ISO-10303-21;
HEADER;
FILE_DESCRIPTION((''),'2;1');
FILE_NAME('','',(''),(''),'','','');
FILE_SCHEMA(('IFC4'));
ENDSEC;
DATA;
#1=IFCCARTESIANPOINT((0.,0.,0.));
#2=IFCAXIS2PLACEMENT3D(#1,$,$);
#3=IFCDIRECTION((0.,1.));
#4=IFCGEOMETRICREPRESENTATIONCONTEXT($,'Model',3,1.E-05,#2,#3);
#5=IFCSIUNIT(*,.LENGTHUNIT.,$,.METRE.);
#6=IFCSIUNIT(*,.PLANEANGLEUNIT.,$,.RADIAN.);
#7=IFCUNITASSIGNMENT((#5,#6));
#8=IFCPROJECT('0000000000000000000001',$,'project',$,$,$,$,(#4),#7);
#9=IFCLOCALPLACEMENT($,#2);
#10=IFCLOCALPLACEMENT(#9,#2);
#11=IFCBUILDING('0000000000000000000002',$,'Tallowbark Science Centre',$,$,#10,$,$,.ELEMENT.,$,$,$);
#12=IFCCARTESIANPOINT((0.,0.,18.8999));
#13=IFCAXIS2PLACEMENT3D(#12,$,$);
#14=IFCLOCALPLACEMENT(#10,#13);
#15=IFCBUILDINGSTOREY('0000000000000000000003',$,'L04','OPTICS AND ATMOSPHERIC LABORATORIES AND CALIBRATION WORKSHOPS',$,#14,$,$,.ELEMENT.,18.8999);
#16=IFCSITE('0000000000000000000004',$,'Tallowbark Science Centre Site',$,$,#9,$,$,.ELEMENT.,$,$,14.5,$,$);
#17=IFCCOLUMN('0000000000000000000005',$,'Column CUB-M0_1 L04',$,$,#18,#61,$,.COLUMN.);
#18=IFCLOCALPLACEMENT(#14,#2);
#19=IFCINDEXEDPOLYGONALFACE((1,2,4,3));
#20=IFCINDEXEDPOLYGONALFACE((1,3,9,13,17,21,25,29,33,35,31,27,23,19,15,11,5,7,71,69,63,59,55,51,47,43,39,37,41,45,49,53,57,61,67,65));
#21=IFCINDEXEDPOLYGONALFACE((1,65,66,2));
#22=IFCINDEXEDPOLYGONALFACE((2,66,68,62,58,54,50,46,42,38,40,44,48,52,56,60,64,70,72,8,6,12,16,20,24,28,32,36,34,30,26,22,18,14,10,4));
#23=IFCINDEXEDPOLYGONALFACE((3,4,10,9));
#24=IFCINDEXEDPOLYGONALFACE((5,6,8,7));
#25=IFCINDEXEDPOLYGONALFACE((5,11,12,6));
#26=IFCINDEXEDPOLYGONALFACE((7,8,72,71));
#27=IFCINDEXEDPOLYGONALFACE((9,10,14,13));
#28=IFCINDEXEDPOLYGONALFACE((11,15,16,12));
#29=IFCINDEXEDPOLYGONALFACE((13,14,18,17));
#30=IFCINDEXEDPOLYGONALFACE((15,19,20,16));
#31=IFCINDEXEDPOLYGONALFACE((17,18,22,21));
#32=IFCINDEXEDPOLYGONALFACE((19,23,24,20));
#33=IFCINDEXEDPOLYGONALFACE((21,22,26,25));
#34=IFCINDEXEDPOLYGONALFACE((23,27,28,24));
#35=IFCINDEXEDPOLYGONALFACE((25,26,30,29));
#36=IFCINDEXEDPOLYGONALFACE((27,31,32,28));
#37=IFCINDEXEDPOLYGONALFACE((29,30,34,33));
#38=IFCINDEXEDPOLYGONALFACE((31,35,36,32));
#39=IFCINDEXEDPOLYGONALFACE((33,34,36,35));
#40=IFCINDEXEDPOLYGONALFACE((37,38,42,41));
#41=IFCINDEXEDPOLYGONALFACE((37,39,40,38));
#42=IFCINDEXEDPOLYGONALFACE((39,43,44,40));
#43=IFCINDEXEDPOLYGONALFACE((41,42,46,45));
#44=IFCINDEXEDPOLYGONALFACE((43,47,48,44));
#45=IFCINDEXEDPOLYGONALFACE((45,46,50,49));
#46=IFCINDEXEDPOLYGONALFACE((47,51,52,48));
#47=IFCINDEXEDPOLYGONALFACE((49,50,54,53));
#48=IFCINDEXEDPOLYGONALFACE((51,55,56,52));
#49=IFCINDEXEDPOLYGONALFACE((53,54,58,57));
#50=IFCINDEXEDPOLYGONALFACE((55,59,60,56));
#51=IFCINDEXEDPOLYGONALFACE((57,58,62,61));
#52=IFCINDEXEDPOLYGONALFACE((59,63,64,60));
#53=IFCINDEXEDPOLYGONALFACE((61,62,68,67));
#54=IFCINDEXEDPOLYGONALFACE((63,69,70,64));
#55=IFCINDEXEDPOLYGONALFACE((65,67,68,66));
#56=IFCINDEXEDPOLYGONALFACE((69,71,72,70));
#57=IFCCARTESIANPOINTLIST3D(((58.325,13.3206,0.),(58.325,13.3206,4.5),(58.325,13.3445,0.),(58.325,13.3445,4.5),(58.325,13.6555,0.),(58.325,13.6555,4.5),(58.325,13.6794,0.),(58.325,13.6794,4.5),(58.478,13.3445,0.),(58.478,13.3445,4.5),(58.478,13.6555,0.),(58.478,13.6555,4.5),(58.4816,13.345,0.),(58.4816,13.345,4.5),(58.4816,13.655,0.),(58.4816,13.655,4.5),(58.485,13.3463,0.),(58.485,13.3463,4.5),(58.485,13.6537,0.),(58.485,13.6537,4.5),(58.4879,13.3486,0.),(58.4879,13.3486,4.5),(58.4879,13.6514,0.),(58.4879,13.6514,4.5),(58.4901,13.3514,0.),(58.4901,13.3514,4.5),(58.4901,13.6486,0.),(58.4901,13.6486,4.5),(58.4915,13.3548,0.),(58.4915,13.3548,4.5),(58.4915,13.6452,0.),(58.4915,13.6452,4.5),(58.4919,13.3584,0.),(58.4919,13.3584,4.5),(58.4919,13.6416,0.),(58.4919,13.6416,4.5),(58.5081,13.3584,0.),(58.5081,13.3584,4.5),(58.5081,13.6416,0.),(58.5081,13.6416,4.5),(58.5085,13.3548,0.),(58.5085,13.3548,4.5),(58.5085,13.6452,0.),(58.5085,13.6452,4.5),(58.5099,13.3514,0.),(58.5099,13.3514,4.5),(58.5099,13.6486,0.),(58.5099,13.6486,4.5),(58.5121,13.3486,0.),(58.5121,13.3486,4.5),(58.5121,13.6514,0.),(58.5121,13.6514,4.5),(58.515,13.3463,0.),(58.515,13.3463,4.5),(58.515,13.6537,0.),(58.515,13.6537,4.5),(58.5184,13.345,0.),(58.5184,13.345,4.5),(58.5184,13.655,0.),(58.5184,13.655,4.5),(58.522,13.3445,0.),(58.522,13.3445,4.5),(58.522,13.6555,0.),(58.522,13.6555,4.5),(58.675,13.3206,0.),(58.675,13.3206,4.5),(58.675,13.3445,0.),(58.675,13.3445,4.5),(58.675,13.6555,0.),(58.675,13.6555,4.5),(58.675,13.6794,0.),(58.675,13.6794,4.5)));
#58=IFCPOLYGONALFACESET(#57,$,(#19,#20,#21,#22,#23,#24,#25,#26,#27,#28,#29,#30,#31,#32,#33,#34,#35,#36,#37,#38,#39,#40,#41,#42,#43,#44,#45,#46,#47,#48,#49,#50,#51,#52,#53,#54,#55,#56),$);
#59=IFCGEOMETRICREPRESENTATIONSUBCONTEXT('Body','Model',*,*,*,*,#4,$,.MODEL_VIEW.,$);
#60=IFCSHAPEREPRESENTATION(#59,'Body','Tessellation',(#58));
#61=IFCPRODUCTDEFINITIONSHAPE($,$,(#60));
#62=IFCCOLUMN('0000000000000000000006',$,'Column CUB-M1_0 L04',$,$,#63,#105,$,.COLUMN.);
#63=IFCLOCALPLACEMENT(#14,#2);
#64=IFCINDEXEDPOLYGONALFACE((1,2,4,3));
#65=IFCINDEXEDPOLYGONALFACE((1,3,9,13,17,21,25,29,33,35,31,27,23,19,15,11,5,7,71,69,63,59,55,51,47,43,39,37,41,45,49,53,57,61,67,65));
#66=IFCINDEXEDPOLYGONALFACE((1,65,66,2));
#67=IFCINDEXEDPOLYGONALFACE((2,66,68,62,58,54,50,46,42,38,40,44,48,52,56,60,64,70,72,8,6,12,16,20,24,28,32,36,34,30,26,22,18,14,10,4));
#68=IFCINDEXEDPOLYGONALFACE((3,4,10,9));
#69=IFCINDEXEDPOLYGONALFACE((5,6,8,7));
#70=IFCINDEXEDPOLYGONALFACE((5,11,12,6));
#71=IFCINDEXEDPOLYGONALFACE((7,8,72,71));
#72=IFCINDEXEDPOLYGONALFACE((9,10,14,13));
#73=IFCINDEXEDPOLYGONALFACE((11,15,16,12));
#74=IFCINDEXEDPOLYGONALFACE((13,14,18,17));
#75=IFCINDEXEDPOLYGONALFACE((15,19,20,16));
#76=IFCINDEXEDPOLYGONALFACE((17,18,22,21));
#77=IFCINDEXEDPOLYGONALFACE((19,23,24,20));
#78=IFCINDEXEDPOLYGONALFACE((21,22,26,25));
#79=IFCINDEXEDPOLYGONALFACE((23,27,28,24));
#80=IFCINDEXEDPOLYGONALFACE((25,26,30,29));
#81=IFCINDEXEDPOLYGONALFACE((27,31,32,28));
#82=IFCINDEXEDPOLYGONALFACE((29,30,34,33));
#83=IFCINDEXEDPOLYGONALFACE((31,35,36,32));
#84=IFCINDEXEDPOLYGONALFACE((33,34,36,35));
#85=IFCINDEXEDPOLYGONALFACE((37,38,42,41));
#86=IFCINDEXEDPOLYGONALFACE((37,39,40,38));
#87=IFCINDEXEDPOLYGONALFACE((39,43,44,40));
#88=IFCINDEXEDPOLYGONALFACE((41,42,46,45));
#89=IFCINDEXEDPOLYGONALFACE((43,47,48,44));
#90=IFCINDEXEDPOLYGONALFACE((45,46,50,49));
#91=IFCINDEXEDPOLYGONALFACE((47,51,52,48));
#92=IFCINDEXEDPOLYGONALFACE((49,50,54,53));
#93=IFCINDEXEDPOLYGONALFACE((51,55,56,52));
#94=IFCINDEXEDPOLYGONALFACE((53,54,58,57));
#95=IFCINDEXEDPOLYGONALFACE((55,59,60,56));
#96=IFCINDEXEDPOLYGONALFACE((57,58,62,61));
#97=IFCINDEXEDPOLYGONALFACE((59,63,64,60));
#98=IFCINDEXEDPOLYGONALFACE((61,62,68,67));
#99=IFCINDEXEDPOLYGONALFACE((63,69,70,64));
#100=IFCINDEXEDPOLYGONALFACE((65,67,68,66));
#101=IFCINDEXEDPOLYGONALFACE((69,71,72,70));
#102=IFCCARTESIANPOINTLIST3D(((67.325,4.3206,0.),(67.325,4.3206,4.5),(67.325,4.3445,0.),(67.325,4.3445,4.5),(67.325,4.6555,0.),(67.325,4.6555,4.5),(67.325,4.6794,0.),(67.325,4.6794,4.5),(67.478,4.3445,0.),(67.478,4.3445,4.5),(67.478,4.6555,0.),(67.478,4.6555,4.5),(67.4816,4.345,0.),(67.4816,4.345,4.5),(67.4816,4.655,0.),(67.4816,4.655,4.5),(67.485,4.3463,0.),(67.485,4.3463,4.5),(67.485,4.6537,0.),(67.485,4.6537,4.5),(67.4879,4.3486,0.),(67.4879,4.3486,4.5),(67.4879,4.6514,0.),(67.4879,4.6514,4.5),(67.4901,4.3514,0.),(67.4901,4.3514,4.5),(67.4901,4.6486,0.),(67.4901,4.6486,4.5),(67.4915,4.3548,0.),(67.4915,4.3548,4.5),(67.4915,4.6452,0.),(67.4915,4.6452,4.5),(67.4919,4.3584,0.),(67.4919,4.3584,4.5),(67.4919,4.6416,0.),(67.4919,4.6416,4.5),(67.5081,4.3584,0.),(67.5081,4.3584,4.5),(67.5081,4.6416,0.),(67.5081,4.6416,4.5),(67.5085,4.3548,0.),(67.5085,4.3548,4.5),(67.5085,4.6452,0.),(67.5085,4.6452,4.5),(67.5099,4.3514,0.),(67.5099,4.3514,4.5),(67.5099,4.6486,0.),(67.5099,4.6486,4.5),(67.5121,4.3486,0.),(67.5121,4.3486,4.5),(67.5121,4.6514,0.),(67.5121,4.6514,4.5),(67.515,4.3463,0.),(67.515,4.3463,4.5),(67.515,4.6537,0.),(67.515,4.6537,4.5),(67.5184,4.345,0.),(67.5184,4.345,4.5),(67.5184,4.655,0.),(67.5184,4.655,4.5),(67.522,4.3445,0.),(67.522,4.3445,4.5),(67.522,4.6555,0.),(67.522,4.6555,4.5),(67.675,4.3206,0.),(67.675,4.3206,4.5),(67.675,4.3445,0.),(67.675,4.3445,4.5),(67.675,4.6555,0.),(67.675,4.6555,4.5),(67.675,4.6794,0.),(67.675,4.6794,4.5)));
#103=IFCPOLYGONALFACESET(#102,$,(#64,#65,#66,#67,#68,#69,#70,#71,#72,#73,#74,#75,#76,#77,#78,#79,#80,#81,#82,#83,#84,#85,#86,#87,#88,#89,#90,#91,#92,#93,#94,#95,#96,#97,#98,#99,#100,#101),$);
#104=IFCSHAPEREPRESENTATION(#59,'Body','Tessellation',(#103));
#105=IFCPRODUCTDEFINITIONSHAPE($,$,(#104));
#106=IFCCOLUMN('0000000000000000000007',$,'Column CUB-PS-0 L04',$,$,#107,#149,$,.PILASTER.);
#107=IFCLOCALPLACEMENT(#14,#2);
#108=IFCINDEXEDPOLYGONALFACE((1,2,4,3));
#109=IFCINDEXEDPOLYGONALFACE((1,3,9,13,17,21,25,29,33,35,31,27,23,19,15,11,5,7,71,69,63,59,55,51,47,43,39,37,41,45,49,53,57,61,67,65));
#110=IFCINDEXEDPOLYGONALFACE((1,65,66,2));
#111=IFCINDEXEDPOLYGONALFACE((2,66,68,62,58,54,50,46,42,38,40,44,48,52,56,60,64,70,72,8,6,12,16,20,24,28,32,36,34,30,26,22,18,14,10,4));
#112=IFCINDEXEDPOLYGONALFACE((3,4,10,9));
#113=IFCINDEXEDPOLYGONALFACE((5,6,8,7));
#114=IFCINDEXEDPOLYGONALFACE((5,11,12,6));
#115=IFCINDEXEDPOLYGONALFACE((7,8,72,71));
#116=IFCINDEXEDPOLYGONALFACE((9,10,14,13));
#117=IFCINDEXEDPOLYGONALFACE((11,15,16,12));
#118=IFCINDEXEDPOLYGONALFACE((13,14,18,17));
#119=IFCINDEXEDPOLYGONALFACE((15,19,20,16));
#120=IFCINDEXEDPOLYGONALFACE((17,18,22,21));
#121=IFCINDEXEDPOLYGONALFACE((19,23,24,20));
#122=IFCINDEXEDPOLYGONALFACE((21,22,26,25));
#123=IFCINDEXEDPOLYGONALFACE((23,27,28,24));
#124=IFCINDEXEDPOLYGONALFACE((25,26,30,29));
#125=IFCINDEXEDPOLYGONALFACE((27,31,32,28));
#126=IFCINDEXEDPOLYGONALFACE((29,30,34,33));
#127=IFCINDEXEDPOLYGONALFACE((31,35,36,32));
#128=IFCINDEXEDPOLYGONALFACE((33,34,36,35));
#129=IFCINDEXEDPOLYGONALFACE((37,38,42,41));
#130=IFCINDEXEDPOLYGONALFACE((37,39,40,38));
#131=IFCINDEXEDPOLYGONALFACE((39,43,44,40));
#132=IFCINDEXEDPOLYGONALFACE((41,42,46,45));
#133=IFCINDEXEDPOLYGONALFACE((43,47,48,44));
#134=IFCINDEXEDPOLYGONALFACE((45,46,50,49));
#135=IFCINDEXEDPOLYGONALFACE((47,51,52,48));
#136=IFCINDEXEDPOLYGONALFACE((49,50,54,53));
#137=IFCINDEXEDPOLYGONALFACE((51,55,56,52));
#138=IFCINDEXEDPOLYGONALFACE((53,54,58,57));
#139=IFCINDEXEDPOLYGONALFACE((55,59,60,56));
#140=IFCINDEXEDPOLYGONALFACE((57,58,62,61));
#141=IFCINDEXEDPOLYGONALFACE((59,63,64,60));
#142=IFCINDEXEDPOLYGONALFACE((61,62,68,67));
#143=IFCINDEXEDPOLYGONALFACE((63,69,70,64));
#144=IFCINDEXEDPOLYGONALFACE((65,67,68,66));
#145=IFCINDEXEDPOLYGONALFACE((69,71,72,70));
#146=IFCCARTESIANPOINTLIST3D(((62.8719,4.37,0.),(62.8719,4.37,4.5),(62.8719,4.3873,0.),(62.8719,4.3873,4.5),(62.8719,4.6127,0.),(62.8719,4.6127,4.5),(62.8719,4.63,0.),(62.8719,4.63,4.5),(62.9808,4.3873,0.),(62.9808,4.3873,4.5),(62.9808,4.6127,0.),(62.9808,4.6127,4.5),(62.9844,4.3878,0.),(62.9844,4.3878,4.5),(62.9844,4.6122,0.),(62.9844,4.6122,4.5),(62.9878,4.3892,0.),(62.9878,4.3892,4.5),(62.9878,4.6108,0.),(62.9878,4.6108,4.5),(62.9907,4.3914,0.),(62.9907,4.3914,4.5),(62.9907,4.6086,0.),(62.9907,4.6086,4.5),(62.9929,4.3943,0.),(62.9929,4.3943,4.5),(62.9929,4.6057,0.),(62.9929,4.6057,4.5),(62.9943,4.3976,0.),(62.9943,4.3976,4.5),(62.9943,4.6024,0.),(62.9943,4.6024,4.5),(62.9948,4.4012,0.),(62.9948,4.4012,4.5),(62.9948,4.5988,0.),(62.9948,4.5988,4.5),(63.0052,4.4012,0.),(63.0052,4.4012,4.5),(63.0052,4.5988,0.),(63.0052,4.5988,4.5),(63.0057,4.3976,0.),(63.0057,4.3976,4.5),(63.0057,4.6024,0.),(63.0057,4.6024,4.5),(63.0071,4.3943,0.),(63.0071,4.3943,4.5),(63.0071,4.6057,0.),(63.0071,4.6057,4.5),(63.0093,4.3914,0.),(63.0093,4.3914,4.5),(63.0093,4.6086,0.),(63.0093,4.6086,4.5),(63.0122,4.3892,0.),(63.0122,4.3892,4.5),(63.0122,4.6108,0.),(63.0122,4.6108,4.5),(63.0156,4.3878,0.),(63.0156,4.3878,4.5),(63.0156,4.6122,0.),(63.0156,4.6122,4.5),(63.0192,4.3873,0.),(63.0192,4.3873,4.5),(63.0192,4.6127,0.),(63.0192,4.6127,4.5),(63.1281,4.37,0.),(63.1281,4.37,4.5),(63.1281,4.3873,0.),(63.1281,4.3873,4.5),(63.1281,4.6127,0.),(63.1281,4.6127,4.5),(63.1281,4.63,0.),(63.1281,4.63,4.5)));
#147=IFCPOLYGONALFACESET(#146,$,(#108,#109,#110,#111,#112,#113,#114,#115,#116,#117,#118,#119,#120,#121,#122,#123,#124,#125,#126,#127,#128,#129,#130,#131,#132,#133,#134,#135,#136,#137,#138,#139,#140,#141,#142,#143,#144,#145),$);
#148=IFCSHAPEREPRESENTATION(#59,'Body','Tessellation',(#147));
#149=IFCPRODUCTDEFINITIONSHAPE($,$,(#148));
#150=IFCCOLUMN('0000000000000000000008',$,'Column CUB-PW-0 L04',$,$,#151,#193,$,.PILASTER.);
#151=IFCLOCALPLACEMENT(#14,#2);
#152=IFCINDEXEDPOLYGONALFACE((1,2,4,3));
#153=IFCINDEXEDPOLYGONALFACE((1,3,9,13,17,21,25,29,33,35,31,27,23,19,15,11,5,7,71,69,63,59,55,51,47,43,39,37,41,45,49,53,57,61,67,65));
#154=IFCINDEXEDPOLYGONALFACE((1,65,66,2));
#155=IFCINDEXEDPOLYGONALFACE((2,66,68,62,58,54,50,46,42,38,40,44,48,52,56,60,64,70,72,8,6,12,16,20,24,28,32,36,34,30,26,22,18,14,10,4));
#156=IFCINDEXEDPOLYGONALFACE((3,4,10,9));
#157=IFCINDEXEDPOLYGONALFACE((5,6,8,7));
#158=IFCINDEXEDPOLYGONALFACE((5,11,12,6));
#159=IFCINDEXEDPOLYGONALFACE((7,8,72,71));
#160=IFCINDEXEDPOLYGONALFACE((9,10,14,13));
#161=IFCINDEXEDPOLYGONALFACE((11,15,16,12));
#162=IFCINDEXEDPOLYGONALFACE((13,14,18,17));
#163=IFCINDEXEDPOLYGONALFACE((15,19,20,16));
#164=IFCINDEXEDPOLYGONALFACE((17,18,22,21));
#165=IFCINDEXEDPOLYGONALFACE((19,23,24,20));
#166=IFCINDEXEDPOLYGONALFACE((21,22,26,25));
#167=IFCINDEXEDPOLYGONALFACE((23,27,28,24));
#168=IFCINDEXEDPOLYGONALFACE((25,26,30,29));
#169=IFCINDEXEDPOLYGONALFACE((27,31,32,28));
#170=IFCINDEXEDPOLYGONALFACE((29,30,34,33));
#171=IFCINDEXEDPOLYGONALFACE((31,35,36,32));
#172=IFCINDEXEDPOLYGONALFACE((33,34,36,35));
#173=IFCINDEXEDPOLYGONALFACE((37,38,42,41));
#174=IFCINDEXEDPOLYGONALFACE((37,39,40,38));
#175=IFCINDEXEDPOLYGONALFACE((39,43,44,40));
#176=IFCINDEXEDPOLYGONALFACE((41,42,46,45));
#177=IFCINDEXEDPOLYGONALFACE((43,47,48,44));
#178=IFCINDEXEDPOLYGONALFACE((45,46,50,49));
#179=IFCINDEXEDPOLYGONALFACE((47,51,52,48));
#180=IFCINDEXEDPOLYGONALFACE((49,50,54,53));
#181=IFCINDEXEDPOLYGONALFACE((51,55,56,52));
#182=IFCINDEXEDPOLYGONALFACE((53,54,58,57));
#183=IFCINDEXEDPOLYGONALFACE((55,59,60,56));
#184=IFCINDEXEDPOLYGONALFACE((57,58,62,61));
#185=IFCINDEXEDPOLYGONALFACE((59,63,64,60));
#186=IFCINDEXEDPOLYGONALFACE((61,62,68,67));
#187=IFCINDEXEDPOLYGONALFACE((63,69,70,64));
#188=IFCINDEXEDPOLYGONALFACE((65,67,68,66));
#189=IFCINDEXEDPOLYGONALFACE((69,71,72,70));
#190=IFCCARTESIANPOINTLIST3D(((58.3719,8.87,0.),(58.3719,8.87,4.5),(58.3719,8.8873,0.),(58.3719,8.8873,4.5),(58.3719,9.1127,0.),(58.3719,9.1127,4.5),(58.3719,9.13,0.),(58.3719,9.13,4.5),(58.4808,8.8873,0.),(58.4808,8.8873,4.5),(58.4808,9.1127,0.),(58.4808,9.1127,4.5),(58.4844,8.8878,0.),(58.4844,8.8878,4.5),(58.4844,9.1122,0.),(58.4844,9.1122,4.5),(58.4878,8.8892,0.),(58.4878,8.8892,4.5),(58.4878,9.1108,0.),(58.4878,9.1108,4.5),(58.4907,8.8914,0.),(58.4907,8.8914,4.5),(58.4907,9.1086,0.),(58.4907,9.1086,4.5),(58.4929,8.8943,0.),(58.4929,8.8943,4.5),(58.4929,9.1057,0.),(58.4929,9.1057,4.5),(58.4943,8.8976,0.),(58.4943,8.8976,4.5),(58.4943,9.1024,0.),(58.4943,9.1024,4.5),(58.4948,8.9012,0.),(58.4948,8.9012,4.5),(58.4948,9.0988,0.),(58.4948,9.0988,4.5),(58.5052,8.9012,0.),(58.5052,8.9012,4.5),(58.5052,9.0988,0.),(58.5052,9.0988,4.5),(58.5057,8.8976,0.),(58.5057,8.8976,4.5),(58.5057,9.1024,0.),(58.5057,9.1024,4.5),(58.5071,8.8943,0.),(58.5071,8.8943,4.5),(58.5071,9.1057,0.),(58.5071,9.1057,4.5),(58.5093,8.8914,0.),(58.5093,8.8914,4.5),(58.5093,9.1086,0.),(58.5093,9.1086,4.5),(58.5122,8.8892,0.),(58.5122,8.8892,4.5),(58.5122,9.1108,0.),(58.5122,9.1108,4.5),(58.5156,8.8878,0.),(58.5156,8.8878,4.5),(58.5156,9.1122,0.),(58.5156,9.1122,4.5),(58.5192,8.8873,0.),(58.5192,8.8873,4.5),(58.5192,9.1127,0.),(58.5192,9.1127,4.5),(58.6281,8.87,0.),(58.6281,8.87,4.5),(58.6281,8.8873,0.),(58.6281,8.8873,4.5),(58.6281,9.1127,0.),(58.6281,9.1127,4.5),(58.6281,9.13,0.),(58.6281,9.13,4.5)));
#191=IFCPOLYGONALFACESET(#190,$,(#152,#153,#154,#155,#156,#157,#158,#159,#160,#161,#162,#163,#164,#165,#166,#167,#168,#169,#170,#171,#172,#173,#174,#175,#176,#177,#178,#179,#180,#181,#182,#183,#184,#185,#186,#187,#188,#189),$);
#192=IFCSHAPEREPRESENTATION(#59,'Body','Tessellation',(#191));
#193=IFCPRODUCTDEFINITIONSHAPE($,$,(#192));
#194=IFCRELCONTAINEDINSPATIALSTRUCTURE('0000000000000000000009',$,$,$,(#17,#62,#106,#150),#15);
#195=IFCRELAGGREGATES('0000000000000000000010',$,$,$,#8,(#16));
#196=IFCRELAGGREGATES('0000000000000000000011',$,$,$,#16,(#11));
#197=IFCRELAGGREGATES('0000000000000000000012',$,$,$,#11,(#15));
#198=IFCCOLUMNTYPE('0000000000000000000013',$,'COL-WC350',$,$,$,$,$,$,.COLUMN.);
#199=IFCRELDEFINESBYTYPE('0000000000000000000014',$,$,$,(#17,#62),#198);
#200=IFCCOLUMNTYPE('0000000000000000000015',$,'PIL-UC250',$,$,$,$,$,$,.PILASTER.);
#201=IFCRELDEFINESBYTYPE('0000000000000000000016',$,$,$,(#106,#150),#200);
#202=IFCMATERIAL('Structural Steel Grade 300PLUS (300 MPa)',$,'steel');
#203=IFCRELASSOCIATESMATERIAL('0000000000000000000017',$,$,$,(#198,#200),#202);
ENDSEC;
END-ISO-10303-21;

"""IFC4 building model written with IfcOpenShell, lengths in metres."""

from ifc_helpers import new_model, si_unit, direction, frame, origin, origin_2d, place, context, subcontext, project, spatial, i_section, extrude, material, material_profile, profile_set, type_object, element, save


model = new_model("IFC4")

# Units and contexts
model_context = context("Model", 3, precision=1e-05, world=origin(), true_north=direction((0.0, 1.0)))
body_context = subcontext(model_context, "Body", "Model", "MODEL_VIEW")
ifc_project = project(units=[si_unit("LENGTHUNIT", "METRE"), si_unit("PLANEANGLEUNIT", "RADIAN")], contexts=[model_context])

# Site, building, storey
site_placement = place(None, origin())
site = spatial("IfcSite", under=ifc_project, at=site_placement, Name="Tallowbark Science Centre Site", CompositionType="ELEMENT", RefElevation=14.5)
building_placement = place(site_placement, origin())
building = spatial("IfcBuilding", under=site, at=building_placement, Name="Tallowbark Science Centre", CompositionType="ELEMENT")
storey_placement = place(building_placement, frame((0.0, 0.0, 18.8999)))
storey = spatial("IfcBuildingStorey", under=building, at=storey_placement, Name="L04", Description="OPTICS AND ATMOSPHERIC LABORATORIES AND CALIBRATION WORKSHOPS", CompositionType="ELEMENT", Elevation=18.8999)

# Columns
ifc_material_1 = material(Name="Structural Steel Grade 300PLUS (300 MPa)", Category="steel")
ifc_material_profile_1 = material_profile(ifc_material_1, i_section(OverallWidth=0.3501, OverallDepth=0.3589, WebThickness=0.0161, FlangeThickness=0.0239, FilletRadius=0.0139, at=origin_2d()), Name="350WC197")
ifc_profile_set_1 = profile_set([ifc_material_profile_1], Name="Structural Steel Grade 300PLUS (300 MPa)")
column_type_1 = type_object("IfcColumnType", Name="COL-WC350", PredefinedType="COLUMN", material=ifc_profile_set_1)
for number, where, z_axis, x_axis, name in (
    (1, (58.5, 13.5, 0.0), (0.0, 0.0, 1.0), (1.0, 0.0, 0.0), "Column CUB-M0_1 L04"),
    (2, (67.5, 4.5, 0.0), (0.0, 0.0, 1.0), (1.0, 0.0, 0.0), "Column CUB-M1_0 L04"),
):
    element("IfcColumn", number, at=place(storey_placement, frame(where, z_axis=z_axis, x_axis=x_axis)), inside=storey, type_object=column_type_1, Name=name, PredefinedType="COLUMN", context=body_context, shape_type="SweptSolid", body=[
        extrude(i_section(OverallWidth=0.3501, OverallDepth=0.3589, WebThickness=0.0161, FlangeThickness=0.0239, FilletRadius=0.0139, at=origin_2d()), origin(), (0.0, 0.0, 1.0), 4.5),
    ])
ifc_material_profile_2 = material_profile(ifc_material_1, i_section(OverallWidth=0.2561, OverallDepth=0.26, WebThickness=0.0105, FlangeThickness=0.0173, FilletRadius=0.0139, at=origin_2d()), Name="250UC89.5")
ifc_profile_set_2 = profile_set([ifc_material_profile_2], Name="Structural Steel Grade 300PLUS (300 MPa)")
column_type_2 = type_object("IfcColumnType", Name="PIL-UC250", PredefinedType="PILASTER", material=ifc_profile_set_2)
for number, where, z_axis, x_axis, name in (
    (3, (63.0, 4.5, 0.0), (0.0, 0.0, 1.0), (1.0, 0.0, 0.0), "Column CUB-PS-0 L04"),
    (4, (58.5, 9.0, 0.0), (0.0, 0.0, 1.0), (1.0, 0.0, 0.0), "Column CUB-PW-0 L04"),
):
    element("IfcColumn", number, at=place(storey_placement, frame(where, z_axis=z_axis, x_axis=x_axis)), inside=storey, type_object=column_type_2, Name=name, PredefinedType="PILASTER", context=body_context, shape_type="SweptSolid", body=[
        extrude(i_section(OverallWidth=0.2561, OverallDepth=0.26, WebThickness=0.0105, FlangeThickness=0.0173, FilletRadius=0.0139, at=origin_2d()), origin(), (0.0, 0.0, 1.0), 4.5),
    ])

save(model, "model.ifc")
